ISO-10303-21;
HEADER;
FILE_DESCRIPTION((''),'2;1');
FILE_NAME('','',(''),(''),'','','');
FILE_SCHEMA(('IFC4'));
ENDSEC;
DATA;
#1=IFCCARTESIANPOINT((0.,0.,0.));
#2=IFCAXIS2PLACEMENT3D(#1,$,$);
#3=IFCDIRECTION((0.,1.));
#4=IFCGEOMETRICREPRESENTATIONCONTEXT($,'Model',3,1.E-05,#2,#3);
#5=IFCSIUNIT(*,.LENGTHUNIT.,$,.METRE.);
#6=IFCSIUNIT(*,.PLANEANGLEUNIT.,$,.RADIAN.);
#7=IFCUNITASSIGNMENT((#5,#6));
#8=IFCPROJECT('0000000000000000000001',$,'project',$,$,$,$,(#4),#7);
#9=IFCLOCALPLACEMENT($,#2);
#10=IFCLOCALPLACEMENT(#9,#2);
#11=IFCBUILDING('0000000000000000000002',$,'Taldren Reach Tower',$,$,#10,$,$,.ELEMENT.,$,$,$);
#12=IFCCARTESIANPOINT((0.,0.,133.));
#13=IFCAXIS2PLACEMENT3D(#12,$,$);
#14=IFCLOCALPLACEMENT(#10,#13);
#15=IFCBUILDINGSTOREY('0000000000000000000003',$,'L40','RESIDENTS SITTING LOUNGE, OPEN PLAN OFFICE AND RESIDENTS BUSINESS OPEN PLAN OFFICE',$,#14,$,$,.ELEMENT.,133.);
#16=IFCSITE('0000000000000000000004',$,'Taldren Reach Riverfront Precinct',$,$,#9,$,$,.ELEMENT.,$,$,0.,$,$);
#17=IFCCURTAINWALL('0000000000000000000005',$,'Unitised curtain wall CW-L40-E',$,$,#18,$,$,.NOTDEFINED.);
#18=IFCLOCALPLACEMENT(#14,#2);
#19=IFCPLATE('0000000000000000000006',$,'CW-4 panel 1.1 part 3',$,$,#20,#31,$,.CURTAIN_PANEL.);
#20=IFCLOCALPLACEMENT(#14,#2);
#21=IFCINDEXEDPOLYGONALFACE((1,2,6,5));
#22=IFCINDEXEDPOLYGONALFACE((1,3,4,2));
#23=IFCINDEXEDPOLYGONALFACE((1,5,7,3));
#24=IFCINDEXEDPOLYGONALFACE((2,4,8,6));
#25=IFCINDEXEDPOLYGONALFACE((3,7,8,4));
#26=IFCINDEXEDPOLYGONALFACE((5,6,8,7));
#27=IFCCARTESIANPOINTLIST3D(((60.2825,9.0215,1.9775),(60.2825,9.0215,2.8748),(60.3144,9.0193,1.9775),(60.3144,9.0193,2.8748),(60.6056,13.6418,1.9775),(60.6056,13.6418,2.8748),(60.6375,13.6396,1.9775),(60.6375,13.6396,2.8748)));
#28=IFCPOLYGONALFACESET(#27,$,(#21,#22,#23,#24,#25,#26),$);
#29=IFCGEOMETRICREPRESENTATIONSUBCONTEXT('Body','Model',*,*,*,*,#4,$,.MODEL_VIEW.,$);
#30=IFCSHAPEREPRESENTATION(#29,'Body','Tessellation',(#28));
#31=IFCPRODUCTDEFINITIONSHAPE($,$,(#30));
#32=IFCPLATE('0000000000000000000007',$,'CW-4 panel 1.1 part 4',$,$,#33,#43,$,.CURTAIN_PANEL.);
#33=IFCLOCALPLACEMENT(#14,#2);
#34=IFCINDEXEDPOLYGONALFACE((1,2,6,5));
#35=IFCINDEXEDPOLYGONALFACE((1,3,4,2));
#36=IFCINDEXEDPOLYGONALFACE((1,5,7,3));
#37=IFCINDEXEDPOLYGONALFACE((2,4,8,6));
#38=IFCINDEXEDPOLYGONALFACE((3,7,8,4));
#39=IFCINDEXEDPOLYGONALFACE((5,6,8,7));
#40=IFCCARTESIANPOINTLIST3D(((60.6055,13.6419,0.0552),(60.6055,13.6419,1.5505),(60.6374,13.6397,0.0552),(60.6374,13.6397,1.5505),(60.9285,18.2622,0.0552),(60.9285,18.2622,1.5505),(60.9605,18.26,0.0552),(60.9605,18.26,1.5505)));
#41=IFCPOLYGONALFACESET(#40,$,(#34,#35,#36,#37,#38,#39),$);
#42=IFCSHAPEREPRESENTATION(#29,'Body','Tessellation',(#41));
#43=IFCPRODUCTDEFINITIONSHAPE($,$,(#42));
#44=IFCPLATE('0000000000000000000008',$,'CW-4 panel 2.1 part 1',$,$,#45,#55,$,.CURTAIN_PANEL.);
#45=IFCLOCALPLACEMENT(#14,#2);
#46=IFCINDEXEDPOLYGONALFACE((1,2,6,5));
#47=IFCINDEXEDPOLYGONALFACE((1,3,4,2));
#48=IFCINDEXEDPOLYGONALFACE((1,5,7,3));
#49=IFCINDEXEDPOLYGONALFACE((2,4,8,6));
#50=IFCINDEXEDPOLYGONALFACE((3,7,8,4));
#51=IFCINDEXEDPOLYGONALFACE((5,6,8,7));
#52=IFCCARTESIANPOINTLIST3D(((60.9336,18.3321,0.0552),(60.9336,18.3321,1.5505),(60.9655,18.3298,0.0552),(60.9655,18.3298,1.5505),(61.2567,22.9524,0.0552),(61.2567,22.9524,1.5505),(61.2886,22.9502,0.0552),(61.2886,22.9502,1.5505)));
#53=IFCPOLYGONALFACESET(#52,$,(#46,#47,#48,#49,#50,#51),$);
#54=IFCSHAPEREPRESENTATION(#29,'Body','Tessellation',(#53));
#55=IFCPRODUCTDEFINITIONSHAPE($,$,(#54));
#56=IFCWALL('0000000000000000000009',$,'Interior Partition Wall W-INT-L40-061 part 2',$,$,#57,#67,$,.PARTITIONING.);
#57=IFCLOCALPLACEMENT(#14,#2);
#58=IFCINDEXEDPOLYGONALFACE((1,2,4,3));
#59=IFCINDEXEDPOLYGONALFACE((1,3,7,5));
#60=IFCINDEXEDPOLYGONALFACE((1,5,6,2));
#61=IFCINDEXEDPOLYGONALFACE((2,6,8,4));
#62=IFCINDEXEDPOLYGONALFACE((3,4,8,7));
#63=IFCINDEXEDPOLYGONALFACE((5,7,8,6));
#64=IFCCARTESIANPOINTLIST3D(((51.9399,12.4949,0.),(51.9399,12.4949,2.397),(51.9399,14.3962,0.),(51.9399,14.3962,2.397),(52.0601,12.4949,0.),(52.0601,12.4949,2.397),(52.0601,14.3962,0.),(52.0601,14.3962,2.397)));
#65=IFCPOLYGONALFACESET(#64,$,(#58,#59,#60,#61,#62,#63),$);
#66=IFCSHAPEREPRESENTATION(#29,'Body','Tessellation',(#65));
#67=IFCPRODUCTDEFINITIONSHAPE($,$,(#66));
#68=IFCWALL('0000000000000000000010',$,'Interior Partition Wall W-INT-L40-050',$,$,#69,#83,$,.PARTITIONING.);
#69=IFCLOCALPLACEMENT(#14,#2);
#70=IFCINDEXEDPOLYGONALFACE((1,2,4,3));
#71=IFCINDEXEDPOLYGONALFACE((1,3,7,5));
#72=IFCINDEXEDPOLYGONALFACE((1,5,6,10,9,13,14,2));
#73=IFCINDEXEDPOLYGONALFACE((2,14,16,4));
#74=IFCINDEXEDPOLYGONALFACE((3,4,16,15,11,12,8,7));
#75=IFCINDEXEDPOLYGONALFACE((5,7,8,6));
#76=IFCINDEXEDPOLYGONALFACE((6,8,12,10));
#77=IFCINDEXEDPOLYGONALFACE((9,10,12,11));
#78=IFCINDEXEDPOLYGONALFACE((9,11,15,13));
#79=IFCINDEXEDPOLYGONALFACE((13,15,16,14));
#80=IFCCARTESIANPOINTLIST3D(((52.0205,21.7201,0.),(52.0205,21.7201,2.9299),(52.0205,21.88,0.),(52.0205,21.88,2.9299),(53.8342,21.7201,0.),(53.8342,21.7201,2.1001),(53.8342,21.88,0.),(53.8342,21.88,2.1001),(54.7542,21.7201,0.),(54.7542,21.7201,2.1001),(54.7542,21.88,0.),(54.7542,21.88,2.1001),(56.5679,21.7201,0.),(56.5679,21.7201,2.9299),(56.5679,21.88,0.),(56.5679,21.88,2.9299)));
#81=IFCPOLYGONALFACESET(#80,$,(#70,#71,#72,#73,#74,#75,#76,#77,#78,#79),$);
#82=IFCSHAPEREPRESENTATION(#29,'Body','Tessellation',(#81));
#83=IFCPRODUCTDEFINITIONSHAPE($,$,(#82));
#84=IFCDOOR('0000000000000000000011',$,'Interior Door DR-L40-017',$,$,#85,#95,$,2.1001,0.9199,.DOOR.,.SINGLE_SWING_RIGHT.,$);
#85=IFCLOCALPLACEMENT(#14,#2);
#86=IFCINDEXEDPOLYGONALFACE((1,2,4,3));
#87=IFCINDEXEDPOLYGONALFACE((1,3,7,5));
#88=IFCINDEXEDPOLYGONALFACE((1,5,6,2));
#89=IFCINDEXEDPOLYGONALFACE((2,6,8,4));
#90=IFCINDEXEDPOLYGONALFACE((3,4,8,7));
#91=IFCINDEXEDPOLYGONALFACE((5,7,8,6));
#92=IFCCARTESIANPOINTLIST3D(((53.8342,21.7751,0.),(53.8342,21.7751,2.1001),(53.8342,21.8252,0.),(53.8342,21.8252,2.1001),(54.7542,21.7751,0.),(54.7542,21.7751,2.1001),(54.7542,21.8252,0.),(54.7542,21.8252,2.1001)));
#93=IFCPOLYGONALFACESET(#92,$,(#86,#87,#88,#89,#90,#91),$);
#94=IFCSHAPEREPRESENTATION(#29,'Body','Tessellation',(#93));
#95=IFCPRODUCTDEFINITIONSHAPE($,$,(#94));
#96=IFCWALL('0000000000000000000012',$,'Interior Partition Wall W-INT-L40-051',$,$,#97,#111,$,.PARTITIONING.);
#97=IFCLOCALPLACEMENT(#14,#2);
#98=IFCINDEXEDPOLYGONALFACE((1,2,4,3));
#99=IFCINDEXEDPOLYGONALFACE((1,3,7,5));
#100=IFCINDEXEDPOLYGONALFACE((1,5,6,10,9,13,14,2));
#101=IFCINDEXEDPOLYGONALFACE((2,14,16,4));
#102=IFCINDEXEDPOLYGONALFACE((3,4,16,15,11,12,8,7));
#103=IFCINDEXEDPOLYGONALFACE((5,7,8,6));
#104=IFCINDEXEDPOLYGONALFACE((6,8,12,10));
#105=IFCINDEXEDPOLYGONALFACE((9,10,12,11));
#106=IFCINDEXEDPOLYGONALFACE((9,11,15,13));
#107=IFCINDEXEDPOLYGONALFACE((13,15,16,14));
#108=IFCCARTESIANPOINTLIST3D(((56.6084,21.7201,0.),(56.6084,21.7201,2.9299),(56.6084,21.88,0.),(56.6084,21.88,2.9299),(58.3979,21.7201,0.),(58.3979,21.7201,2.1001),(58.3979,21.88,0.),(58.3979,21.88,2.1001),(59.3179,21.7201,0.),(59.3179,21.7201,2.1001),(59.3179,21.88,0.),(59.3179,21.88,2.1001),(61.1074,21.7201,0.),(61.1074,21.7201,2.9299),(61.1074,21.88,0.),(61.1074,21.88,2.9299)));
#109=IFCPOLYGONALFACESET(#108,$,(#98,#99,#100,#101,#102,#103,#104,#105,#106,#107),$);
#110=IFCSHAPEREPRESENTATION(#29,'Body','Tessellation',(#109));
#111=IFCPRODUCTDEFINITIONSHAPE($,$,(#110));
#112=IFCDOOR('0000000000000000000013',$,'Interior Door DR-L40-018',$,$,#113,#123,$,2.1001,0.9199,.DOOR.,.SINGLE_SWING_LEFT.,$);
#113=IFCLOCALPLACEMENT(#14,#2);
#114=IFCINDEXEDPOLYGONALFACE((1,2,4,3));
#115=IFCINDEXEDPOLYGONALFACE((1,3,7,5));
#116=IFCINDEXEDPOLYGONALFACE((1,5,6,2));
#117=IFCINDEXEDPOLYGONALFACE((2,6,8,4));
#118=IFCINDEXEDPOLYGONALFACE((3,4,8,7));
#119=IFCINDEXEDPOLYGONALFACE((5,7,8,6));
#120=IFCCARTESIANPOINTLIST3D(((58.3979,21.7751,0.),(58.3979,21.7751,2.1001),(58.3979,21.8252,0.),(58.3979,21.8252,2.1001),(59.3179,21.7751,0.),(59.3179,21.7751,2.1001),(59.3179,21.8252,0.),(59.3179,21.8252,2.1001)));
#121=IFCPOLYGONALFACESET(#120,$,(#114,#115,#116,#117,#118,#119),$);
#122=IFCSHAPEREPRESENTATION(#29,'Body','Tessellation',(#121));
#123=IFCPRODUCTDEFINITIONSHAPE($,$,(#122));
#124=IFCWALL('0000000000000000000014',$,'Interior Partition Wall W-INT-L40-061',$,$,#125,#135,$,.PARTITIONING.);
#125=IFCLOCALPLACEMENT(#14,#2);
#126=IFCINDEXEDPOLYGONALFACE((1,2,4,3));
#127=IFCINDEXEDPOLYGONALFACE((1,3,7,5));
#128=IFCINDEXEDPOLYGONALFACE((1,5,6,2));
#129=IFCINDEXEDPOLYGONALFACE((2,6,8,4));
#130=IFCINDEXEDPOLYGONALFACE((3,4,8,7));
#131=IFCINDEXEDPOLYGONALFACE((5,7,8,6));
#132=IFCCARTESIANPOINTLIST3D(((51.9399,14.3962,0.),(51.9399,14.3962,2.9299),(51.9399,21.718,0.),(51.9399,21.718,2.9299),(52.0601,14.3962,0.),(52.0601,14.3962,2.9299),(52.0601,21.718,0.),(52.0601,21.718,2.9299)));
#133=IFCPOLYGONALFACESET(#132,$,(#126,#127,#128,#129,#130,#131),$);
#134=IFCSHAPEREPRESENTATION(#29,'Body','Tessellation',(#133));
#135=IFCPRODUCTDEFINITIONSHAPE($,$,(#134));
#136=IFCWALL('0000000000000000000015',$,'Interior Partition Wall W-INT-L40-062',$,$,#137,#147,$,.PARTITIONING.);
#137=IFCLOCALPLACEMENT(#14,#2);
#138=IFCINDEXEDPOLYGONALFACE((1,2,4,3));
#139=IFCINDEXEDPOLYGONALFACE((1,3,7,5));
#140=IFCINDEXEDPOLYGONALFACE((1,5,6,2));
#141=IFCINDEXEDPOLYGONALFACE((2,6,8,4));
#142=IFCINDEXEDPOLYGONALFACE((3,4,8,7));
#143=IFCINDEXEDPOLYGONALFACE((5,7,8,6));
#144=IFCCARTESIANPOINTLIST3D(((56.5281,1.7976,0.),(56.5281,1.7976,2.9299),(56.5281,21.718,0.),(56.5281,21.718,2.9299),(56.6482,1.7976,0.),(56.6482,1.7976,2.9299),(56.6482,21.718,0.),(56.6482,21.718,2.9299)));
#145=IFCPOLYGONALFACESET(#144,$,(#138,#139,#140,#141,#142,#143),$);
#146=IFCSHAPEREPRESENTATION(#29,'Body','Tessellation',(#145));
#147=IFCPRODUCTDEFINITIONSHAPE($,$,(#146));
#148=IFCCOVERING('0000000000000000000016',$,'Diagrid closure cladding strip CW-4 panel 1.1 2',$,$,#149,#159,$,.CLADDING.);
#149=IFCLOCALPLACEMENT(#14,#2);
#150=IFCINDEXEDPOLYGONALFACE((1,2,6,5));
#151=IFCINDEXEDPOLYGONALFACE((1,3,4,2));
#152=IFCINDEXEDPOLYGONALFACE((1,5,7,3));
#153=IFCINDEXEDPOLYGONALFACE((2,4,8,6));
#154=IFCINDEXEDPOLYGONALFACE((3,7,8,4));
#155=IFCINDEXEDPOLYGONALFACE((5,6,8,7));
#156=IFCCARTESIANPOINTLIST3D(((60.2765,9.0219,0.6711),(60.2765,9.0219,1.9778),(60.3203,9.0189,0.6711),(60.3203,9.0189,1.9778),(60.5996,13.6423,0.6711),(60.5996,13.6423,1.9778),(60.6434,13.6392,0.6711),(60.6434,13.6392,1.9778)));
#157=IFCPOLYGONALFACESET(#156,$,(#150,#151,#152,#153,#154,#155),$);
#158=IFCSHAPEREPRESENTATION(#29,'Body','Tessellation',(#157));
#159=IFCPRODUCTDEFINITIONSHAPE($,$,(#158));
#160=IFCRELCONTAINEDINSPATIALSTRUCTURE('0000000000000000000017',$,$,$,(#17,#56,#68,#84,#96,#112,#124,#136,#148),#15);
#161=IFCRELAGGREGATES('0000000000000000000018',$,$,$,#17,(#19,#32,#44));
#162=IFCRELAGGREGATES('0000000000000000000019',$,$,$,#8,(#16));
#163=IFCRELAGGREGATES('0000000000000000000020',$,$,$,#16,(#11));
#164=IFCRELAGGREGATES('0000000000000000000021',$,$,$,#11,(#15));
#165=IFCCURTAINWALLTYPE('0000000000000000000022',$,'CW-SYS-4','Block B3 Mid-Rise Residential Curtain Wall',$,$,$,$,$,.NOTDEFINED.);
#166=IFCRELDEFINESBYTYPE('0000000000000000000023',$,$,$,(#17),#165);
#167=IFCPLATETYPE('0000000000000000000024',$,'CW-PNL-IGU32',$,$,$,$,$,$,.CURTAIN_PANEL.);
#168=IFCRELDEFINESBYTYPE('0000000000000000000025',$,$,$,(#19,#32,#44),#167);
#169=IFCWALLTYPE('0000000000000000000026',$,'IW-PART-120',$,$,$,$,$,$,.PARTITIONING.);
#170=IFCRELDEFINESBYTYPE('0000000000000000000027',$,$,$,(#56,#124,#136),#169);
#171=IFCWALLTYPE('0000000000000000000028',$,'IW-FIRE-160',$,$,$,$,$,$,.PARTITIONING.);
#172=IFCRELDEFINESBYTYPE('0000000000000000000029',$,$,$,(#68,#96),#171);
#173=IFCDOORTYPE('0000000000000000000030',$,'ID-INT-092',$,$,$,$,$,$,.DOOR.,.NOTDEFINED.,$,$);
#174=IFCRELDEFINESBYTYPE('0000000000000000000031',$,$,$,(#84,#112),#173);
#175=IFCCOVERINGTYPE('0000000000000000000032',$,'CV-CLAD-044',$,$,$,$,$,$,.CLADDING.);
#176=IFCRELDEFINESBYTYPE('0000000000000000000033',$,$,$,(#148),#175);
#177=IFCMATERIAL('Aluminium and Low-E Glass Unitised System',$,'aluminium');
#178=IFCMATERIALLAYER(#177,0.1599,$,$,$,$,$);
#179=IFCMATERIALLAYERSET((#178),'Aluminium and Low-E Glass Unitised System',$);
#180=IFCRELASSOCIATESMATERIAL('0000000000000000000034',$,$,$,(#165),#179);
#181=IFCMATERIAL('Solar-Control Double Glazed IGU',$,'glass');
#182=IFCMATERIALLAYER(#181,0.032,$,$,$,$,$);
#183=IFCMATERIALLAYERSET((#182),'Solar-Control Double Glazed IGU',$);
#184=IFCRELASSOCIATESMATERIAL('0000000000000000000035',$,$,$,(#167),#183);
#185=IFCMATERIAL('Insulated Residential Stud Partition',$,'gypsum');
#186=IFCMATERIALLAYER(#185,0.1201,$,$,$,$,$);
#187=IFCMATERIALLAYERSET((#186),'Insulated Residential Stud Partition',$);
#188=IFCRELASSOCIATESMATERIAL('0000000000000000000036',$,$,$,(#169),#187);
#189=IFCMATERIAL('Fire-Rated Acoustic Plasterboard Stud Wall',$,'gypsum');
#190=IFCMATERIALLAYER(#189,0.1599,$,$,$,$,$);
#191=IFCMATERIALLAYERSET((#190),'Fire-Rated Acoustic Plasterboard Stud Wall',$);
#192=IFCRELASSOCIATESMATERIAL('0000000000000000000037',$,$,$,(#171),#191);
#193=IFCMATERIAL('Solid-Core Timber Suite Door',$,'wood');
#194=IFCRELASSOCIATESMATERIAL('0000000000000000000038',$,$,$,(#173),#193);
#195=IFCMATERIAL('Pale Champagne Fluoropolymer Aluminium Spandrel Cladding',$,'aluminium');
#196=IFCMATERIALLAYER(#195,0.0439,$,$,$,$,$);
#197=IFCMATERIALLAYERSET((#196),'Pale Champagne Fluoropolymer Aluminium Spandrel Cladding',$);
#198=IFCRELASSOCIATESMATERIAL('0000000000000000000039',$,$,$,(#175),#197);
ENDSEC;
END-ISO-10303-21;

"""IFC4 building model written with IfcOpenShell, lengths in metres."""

from ifc_helpers import new_model, si_unit, direction, frame, frame_2d, origin, origin_2d, place, context, subcontext, project, spatial, rectangle, extrude, source, transform, mapped, material, layer, layer_set, type_object, element, fill, aggregate, save


model = new_model("IFC4")

# Units and contexts
model_context = context("Model", 3, precision=1e-05, world=origin(), true_north=direction((0.0, 1.0)))
body_context = subcontext(model_context, "Body", "Model", "MODEL_VIEW")
ifc_project = project(units=[si_unit("LENGTHUNIT", "METRE"), si_unit("PLANEANGLEUNIT", "RADIAN")], contexts=[model_context])

# Site, building, storey
site_placement = place(None, origin())
site = spatial("IfcSite", under=ifc_project, at=site_placement, Name="Taldren Reach Riverfront Precinct", CompositionType="ELEMENT", RefElevation=0.0)
building_placement = place(site_placement, origin())
building = spatial("IfcBuilding", under=site, at=building_placement, Name="Taldren Reach Tower", CompositionType="ELEMENT")
storey_placement = place(building_placement, frame((0.0, 0.0, 133.0)))
storey = spatial("IfcBuildingStorey", under=building, at=storey_placement, Name="L40", Description="RESIDENTS SITTING LOUNGE, OPEN PLAN OFFICE AND RESIDENTS BUSINESS OPEN PLAN OFFICE", CompositionType="ELEMENT", Elevation=133.0)

# Curtain wall
ifc_material_1 = material(Name="Aluminium and Low-E Glass Unitised System", Category="aluminium")
ifc_layer_1 = layer(ifc_material_1, 0.1599)
ifc_layer_set_1 = layer_set([ifc_layer_1], Name="Aluminium and Low-E Glass Unitised System")
curtain_wall_type = type_object("IfcCurtainWallType", Name="CW-SYS-4", Description="Block B3 Mid-Rise Residential Curtain Wall", PredefinedType="NOTDEFINED", material=ifc_layer_set_1)
curtain_wall_placement = place(storey_placement, origin())
curtain_wall = element("IfcCurtainWall", 1, at=curtain_wall_placement, inside=storey, type_object=curtain_wall_type, Name="Unitised curtain wall CW-L40-E", PredefinedType="NOTDEFINED")

# Plates
ifc_material_2 = material(Name="Solar-Control Double Glazed IGU", Category="glass")
ifc_layer_2 = layer(ifc_material_2, 0.032)
ifc_layer_set_2 = layer_set([ifc_layer_2], Name="Solar-Control Double Glazed IGU")
plate_type_1 = type_object("IfcPlateType", Name="CW-PNL-IGU32", PredefinedType="CURTAIN_PANEL", material=ifc_layer_set_2)
shared_shape_1 = source(origin(), body_context, "Body", "SweptSolid", [
    extrude(rectangle(XDim=4.6316, YDim=0.032, at=origin_2d()), origin(), (0.0, 0.0, 1.0), 0.8972),
])
plate_1_placement = place(storey_placement, frame((60.46, 11.3306, 1.9775), z_axis=(0.0, 0.0, 1.0), x_axis=(0.069756, 0.997564, 0.0)))
plate_1 = element("IfcPlate", 2, at=plate_1_placement, type_object=plate_type_1, Name="CW-4 panel 1.1 part 3", PredefinedType="CURTAIN_PANEL", context=body_context, shape_type="MappedRepresentation", body=[
    mapped(shared_shape_1, transform((0.0, 0.0, 0.0), scale=1.0)),
])
shared_shape_2 = source(origin(), body_context, "Body", "SweptSolid", [
    extrude(rectangle(XDim=4.6316, YDim=0.032, at=origin_2d()), origin(), (0.0, 0.0, 1.0), 1.4954),
])
plate_2_placement = place(storey_placement, frame((60.783, 15.9509, 0.0552), z_axis=(0.0, 0.0, 1.0), x_axis=(0.069756, 0.997564, 0.0)))
plate_2 = element("IfcPlate", 3, at=plate_2_placement, type_object=plate_type_1, Name="CW-4 panel 1.1 part 4", PredefinedType="CURTAIN_PANEL", context=body_context, shape_type="MappedRepresentation", body=[
    mapped(shared_shape_2, transform((0.0, 0.0, 0.0), scale=1.0)),
])
plate_3_placement = place(storey_placement, frame((61.1111, 20.6411, 0.0552), z_axis=(0.0, 0.0, 1.0), x_axis=(0.069756, 0.997564, 0.0)))
plate_3 = element("IfcPlate", 4, at=plate_3_placement, type_object=plate_type_1, Name="CW-4 panel 2.1 part 1", PredefinedType="CURTAIN_PANEL", context=body_context, shape_type="MappedRepresentation", body=[
    mapped(shared_shape_2, transform((0.0, 0.0, 0.0), scale=1.0)),
])
aggregate(curtain_wall, [plate_1, plate_2, plate_3])

# Wall
ifc_material_3 = material(Name="Insulated Residential Stud Partition", Category="gypsum")
ifc_layer_3 = layer(ifc_material_3, 0.1201)
ifc_layer_set_3 = layer_set([ifc_layer_3], Name="Insulated Residential Stud Partition")
wall_type_1 = type_object("IfcWallType", Name="IW-PART-120", PredefinedType="PARTITIONING", material=ifc_layer_set_3)
shared_shape_3 = source(origin(), body_context, "Body", "SweptSolid", [
    extrude(rectangle(XDim=1.9014, YDim=0.1201, at=frame_2d((0.9507, 0.0))), origin(), (0.0, 0.0, 1.0), 2.397),
])
wall_1_placement = place(storey_placement, frame((52.0, 14.3962, 0.0), z_axis=(0.0, 0.0, 1.0), x_axis=(0.0, -1.0, 0.0)))
element("IfcWall", 5, at=wall_1_placement, inside=storey, type_object=wall_type_1, Name="Interior Partition Wall W-INT-L40-061 part 2", PredefinedType="PARTITIONING", context=body_context, shape_type="MappedRepresentation", body=[
    mapped(shared_shape_3, transform((0.0, 0.0, 0.0), scale=1.0)),
])

# Walls, openings, doors
ifc_material_4 = material(Name="Fire-Rated Acoustic Plasterboard Stud Wall", Category="gypsum")
ifc_layer_4 = layer(ifc_material_4, 0.1599)
ifc_layer_set_4 = layer_set([ifc_layer_4], Name="Fire-Rated Acoustic Plasterboard Stud Wall")
wall_type_2 = type_object("IfcWallType", Name="IW-FIRE-160", PredefinedType="PARTITIONING", material=ifc_layer_set_4)
shared_shape_4 = source(origin(), body_context, "Body", "SweptSolid", [
    extrude(rectangle(XDim=4.5474, YDim=0.1599, at=frame_2d((2.2737, 0.0))), origin(), (0.0, 0.0, 1.0), 2.9299),
])
wall_2_placement = place(storey_placement, frame((56.5679, 21.8, 0.0), z_axis=(0.0, 0.0, 1.0), x_axis=(-1.0, 0.0, 0.0)))
wall_2 = element("IfcWall", 6, at=wall_2_placement, inside=storey, type_object=wall_type_2, Name="Interior Partition Wall W-INT-L40-050", PredefinedType="PARTITIONING", context=body_context, shape_type="MappedRepresentation", body=[
    mapped(shared_shape_4, transform((0.0, 0.0, 0.0), scale=1.0)),
])
shared_shape_5 = source(origin(), body_context, "Body", "SweptSolid", [
    extrude(rectangle(XDim=0.9199, YDim=2.1001, at=frame_2d((0.46, 1.05))), frame((0.0, 0.0898, 0.0), z_axis=(0.0, -1.0, 0.0), x_axis=(1.0, 0.0, 0.0)), (0.0, 0.0, 1.0), 0.1799),
])
opening_1_placement = place(wall_2_placement, frame((1.8137, 0.0, 0.0)))
opening_1 = element("IfcOpeningElement", 7, at=opening_1_placement, cuts=wall_2, PredefinedType="OPENING", context=body_context, shape_type="MappedRepresentation", body=[
    mapped(shared_shape_5, transform((0.0, 0.0, 0.0), scale=1.0)),
])
ifc_material_5 = material(Name="Solid-Core Timber Suite Door", Category="wood")
door_type = type_object("IfcDoorType", Name="ID-INT-092", OperationType="NOTDEFINED", PredefinedType="DOOR", material=ifc_material_5)
shared_shape_6 = source(origin(), body_context, "Body", "SweptSolid", [
    extrude(rectangle(XDim=0.9199, YDim=2.1001, at=frame_2d((0.46, 1.05))), frame((0.0, 0.0249, 0.0), z_axis=(0.0, -1.0, 0.0), x_axis=(1.0, 0.0, 0.0)), (0.0, 0.0, 1.0), 0.05),
])
door_1_placement = place(opening_1_placement, origin())
door_1 = element("IfcDoor", 8, at=door_1_placement, inside=storey, type_object=door_type, Name="Interior Door DR-L40-017", OperationType="SINGLE_SWING_RIGHT", OverallHeight=2.1001, OverallWidth=0.9199, PredefinedType="DOOR", context=body_context, shape_type="MappedRepresentation", body=[
    mapped(shared_shape_6, transform((0.0, 0.0, 0.0), scale=1.0)),
])
fill(opening_1, door_1)
shared_shape_7 = source(origin(), body_context, "Body", "SweptSolid", [
    extrude(rectangle(XDim=4.499, YDim=0.1599, at=frame_2d((2.2495, 0.0))), origin(), (0.0, 0.0, 1.0), 2.9299),
])
wall_3_placement = place(storey_placement, frame((61.1074, 21.8, 0.0), z_axis=(0.0, 0.0, 1.0), x_axis=(-1.0, 0.0, 0.0)))
wall_3 = element("IfcWall", 9, at=wall_3_placement, inside=storey, type_object=wall_type_2, Name="Interior Partition Wall W-INT-L40-051", PredefinedType="PARTITIONING", context=body_context, shape_type="MappedRepresentation", body=[
    mapped(shared_shape_7, transform((0.0, 0.0, 0.0), scale=1.0)),
])
opening_2_placement = place(wall_3_placement, frame((1.7896, 0.0, 0.0)))
opening_2 = element("IfcOpeningElement", 10, at=opening_2_placement, cuts=wall_3, PredefinedType="OPENING", context=body_context, shape_type="MappedRepresentation", body=[
    mapped(shared_shape_5, transform((0.0, 0.0, 0.0), scale=1.0)),
])
door_2_placement = place(opening_2_placement, origin())
door_2 = element("IfcDoor", 11, at=door_2_placement, inside=storey, type_object=door_type, Name="Interior Door DR-L40-018", OperationType="SINGLE_SWING_LEFT", OverallHeight=2.1001, OverallWidth=0.9199, PredefinedType="DOOR", context=body_context, shape_type="MappedRepresentation", body=[
    mapped(shared_shape_6, transform((0.0, 0.0, 0.0), scale=1.0)),
])
fill(opening_2, door_2)

# Walls
shared_shape_8 = source(origin(), body_context, "Body", "SweptSolid", [
    extrude(rectangle(XDim=7.3218, YDim=0.1201, at=frame_2d((3.6609, 0.0))), origin(), (0.0, 0.0, 1.0), 2.9299),
])
wall_4_placement = place(storey_placement, frame((52.0, 21.718, 0.0), z_axis=(0.0, 0.0, 1.0), x_axis=(0.0, -1.0, 0.0)))
element("IfcWall", 12, at=wall_4_placement, inside=storey, type_object=wall_type_1, Name="Interior Partition Wall W-INT-L40-061", PredefinedType="PARTITIONING", context=body_context, shape_type="MappedRepresentation", body=[
    mapped(shared_shape_8, transform((0.0, 0.0, 0.0), scale=1.0)),
])
shared_shape_9 = source(origin(), body_context, "Body", "SweptSolid", [
    extrude(rectangle(XDim=19.9204, YDim=0.1201, at=frame_2d((9.9602, 0.0))), origin(), (0.0, 0.0, 1.0), 2.9299),
])
wall_5_placement = place(storey_placement, frame((56.5881, 21.718, 0.0), z_axis=(0.0, 0.0, 1.0), x_axis=(0.0, -1.0, 0.0)))
element("IfcWall", 13, at=wall_5_placement, inside=storey, type_object=wall_type_1, Name="Interior Partition Wall W-INT-L40-062", PredefinedType="PARTITIONING", context=body_context, shape_type="MappedRepresentation", body=[
    mapped(shared_shape_9, transform((0.0, 0.0, 0.0), scale=1.0)),
])

# Covering
ifc_material_6 = material(Name="Pale Champagne Fluoropolymer Aluminium Spandrel Cladding", Category="aluminium")
ifc_layer_5 = layer(ifc_material_6, 0.0439)
ifc_layer_set_5 = layer_set([ifc_layer_5], Name="Pale Champagne Fluoropolymer Aluminium Spandrel Cladding")
covering_type = type_object("IfcCoveringType", Name="CV-CLAD-044", PredefinedType="CLADDING", material=ifc_layer_set_5)
shared_shape_10 = source(origin(), body_context, "Body", "SweptSolid", [
    extrude(rectangle(XDim=4.6316, YDim=0.0439, at=origin_2d()), origin(), (0.0, 0.0, 1.0), 1.3066),
])
covering_placement = place(storey_placement, frame((60.46, 11.3306, 0.6711), z_axis=(0.0, 0.0, 1.0), x_axis=(0.069756, 0.997564, 0.0)))
element("IfcCovering", 14, at=covering_placement, inside=storey, type_object=covering_type, Name="Diagrid closure cladding strip CW-4 panel 1.1 2", PredefinedType="CLADDING", context=body_context, shape_type="MappedRepresentation", body=[
    mapped(shared_shape_10, transform((0.0, 0.0, 0.0), scale=1.0)),
])

save(model, "model.ifc")
